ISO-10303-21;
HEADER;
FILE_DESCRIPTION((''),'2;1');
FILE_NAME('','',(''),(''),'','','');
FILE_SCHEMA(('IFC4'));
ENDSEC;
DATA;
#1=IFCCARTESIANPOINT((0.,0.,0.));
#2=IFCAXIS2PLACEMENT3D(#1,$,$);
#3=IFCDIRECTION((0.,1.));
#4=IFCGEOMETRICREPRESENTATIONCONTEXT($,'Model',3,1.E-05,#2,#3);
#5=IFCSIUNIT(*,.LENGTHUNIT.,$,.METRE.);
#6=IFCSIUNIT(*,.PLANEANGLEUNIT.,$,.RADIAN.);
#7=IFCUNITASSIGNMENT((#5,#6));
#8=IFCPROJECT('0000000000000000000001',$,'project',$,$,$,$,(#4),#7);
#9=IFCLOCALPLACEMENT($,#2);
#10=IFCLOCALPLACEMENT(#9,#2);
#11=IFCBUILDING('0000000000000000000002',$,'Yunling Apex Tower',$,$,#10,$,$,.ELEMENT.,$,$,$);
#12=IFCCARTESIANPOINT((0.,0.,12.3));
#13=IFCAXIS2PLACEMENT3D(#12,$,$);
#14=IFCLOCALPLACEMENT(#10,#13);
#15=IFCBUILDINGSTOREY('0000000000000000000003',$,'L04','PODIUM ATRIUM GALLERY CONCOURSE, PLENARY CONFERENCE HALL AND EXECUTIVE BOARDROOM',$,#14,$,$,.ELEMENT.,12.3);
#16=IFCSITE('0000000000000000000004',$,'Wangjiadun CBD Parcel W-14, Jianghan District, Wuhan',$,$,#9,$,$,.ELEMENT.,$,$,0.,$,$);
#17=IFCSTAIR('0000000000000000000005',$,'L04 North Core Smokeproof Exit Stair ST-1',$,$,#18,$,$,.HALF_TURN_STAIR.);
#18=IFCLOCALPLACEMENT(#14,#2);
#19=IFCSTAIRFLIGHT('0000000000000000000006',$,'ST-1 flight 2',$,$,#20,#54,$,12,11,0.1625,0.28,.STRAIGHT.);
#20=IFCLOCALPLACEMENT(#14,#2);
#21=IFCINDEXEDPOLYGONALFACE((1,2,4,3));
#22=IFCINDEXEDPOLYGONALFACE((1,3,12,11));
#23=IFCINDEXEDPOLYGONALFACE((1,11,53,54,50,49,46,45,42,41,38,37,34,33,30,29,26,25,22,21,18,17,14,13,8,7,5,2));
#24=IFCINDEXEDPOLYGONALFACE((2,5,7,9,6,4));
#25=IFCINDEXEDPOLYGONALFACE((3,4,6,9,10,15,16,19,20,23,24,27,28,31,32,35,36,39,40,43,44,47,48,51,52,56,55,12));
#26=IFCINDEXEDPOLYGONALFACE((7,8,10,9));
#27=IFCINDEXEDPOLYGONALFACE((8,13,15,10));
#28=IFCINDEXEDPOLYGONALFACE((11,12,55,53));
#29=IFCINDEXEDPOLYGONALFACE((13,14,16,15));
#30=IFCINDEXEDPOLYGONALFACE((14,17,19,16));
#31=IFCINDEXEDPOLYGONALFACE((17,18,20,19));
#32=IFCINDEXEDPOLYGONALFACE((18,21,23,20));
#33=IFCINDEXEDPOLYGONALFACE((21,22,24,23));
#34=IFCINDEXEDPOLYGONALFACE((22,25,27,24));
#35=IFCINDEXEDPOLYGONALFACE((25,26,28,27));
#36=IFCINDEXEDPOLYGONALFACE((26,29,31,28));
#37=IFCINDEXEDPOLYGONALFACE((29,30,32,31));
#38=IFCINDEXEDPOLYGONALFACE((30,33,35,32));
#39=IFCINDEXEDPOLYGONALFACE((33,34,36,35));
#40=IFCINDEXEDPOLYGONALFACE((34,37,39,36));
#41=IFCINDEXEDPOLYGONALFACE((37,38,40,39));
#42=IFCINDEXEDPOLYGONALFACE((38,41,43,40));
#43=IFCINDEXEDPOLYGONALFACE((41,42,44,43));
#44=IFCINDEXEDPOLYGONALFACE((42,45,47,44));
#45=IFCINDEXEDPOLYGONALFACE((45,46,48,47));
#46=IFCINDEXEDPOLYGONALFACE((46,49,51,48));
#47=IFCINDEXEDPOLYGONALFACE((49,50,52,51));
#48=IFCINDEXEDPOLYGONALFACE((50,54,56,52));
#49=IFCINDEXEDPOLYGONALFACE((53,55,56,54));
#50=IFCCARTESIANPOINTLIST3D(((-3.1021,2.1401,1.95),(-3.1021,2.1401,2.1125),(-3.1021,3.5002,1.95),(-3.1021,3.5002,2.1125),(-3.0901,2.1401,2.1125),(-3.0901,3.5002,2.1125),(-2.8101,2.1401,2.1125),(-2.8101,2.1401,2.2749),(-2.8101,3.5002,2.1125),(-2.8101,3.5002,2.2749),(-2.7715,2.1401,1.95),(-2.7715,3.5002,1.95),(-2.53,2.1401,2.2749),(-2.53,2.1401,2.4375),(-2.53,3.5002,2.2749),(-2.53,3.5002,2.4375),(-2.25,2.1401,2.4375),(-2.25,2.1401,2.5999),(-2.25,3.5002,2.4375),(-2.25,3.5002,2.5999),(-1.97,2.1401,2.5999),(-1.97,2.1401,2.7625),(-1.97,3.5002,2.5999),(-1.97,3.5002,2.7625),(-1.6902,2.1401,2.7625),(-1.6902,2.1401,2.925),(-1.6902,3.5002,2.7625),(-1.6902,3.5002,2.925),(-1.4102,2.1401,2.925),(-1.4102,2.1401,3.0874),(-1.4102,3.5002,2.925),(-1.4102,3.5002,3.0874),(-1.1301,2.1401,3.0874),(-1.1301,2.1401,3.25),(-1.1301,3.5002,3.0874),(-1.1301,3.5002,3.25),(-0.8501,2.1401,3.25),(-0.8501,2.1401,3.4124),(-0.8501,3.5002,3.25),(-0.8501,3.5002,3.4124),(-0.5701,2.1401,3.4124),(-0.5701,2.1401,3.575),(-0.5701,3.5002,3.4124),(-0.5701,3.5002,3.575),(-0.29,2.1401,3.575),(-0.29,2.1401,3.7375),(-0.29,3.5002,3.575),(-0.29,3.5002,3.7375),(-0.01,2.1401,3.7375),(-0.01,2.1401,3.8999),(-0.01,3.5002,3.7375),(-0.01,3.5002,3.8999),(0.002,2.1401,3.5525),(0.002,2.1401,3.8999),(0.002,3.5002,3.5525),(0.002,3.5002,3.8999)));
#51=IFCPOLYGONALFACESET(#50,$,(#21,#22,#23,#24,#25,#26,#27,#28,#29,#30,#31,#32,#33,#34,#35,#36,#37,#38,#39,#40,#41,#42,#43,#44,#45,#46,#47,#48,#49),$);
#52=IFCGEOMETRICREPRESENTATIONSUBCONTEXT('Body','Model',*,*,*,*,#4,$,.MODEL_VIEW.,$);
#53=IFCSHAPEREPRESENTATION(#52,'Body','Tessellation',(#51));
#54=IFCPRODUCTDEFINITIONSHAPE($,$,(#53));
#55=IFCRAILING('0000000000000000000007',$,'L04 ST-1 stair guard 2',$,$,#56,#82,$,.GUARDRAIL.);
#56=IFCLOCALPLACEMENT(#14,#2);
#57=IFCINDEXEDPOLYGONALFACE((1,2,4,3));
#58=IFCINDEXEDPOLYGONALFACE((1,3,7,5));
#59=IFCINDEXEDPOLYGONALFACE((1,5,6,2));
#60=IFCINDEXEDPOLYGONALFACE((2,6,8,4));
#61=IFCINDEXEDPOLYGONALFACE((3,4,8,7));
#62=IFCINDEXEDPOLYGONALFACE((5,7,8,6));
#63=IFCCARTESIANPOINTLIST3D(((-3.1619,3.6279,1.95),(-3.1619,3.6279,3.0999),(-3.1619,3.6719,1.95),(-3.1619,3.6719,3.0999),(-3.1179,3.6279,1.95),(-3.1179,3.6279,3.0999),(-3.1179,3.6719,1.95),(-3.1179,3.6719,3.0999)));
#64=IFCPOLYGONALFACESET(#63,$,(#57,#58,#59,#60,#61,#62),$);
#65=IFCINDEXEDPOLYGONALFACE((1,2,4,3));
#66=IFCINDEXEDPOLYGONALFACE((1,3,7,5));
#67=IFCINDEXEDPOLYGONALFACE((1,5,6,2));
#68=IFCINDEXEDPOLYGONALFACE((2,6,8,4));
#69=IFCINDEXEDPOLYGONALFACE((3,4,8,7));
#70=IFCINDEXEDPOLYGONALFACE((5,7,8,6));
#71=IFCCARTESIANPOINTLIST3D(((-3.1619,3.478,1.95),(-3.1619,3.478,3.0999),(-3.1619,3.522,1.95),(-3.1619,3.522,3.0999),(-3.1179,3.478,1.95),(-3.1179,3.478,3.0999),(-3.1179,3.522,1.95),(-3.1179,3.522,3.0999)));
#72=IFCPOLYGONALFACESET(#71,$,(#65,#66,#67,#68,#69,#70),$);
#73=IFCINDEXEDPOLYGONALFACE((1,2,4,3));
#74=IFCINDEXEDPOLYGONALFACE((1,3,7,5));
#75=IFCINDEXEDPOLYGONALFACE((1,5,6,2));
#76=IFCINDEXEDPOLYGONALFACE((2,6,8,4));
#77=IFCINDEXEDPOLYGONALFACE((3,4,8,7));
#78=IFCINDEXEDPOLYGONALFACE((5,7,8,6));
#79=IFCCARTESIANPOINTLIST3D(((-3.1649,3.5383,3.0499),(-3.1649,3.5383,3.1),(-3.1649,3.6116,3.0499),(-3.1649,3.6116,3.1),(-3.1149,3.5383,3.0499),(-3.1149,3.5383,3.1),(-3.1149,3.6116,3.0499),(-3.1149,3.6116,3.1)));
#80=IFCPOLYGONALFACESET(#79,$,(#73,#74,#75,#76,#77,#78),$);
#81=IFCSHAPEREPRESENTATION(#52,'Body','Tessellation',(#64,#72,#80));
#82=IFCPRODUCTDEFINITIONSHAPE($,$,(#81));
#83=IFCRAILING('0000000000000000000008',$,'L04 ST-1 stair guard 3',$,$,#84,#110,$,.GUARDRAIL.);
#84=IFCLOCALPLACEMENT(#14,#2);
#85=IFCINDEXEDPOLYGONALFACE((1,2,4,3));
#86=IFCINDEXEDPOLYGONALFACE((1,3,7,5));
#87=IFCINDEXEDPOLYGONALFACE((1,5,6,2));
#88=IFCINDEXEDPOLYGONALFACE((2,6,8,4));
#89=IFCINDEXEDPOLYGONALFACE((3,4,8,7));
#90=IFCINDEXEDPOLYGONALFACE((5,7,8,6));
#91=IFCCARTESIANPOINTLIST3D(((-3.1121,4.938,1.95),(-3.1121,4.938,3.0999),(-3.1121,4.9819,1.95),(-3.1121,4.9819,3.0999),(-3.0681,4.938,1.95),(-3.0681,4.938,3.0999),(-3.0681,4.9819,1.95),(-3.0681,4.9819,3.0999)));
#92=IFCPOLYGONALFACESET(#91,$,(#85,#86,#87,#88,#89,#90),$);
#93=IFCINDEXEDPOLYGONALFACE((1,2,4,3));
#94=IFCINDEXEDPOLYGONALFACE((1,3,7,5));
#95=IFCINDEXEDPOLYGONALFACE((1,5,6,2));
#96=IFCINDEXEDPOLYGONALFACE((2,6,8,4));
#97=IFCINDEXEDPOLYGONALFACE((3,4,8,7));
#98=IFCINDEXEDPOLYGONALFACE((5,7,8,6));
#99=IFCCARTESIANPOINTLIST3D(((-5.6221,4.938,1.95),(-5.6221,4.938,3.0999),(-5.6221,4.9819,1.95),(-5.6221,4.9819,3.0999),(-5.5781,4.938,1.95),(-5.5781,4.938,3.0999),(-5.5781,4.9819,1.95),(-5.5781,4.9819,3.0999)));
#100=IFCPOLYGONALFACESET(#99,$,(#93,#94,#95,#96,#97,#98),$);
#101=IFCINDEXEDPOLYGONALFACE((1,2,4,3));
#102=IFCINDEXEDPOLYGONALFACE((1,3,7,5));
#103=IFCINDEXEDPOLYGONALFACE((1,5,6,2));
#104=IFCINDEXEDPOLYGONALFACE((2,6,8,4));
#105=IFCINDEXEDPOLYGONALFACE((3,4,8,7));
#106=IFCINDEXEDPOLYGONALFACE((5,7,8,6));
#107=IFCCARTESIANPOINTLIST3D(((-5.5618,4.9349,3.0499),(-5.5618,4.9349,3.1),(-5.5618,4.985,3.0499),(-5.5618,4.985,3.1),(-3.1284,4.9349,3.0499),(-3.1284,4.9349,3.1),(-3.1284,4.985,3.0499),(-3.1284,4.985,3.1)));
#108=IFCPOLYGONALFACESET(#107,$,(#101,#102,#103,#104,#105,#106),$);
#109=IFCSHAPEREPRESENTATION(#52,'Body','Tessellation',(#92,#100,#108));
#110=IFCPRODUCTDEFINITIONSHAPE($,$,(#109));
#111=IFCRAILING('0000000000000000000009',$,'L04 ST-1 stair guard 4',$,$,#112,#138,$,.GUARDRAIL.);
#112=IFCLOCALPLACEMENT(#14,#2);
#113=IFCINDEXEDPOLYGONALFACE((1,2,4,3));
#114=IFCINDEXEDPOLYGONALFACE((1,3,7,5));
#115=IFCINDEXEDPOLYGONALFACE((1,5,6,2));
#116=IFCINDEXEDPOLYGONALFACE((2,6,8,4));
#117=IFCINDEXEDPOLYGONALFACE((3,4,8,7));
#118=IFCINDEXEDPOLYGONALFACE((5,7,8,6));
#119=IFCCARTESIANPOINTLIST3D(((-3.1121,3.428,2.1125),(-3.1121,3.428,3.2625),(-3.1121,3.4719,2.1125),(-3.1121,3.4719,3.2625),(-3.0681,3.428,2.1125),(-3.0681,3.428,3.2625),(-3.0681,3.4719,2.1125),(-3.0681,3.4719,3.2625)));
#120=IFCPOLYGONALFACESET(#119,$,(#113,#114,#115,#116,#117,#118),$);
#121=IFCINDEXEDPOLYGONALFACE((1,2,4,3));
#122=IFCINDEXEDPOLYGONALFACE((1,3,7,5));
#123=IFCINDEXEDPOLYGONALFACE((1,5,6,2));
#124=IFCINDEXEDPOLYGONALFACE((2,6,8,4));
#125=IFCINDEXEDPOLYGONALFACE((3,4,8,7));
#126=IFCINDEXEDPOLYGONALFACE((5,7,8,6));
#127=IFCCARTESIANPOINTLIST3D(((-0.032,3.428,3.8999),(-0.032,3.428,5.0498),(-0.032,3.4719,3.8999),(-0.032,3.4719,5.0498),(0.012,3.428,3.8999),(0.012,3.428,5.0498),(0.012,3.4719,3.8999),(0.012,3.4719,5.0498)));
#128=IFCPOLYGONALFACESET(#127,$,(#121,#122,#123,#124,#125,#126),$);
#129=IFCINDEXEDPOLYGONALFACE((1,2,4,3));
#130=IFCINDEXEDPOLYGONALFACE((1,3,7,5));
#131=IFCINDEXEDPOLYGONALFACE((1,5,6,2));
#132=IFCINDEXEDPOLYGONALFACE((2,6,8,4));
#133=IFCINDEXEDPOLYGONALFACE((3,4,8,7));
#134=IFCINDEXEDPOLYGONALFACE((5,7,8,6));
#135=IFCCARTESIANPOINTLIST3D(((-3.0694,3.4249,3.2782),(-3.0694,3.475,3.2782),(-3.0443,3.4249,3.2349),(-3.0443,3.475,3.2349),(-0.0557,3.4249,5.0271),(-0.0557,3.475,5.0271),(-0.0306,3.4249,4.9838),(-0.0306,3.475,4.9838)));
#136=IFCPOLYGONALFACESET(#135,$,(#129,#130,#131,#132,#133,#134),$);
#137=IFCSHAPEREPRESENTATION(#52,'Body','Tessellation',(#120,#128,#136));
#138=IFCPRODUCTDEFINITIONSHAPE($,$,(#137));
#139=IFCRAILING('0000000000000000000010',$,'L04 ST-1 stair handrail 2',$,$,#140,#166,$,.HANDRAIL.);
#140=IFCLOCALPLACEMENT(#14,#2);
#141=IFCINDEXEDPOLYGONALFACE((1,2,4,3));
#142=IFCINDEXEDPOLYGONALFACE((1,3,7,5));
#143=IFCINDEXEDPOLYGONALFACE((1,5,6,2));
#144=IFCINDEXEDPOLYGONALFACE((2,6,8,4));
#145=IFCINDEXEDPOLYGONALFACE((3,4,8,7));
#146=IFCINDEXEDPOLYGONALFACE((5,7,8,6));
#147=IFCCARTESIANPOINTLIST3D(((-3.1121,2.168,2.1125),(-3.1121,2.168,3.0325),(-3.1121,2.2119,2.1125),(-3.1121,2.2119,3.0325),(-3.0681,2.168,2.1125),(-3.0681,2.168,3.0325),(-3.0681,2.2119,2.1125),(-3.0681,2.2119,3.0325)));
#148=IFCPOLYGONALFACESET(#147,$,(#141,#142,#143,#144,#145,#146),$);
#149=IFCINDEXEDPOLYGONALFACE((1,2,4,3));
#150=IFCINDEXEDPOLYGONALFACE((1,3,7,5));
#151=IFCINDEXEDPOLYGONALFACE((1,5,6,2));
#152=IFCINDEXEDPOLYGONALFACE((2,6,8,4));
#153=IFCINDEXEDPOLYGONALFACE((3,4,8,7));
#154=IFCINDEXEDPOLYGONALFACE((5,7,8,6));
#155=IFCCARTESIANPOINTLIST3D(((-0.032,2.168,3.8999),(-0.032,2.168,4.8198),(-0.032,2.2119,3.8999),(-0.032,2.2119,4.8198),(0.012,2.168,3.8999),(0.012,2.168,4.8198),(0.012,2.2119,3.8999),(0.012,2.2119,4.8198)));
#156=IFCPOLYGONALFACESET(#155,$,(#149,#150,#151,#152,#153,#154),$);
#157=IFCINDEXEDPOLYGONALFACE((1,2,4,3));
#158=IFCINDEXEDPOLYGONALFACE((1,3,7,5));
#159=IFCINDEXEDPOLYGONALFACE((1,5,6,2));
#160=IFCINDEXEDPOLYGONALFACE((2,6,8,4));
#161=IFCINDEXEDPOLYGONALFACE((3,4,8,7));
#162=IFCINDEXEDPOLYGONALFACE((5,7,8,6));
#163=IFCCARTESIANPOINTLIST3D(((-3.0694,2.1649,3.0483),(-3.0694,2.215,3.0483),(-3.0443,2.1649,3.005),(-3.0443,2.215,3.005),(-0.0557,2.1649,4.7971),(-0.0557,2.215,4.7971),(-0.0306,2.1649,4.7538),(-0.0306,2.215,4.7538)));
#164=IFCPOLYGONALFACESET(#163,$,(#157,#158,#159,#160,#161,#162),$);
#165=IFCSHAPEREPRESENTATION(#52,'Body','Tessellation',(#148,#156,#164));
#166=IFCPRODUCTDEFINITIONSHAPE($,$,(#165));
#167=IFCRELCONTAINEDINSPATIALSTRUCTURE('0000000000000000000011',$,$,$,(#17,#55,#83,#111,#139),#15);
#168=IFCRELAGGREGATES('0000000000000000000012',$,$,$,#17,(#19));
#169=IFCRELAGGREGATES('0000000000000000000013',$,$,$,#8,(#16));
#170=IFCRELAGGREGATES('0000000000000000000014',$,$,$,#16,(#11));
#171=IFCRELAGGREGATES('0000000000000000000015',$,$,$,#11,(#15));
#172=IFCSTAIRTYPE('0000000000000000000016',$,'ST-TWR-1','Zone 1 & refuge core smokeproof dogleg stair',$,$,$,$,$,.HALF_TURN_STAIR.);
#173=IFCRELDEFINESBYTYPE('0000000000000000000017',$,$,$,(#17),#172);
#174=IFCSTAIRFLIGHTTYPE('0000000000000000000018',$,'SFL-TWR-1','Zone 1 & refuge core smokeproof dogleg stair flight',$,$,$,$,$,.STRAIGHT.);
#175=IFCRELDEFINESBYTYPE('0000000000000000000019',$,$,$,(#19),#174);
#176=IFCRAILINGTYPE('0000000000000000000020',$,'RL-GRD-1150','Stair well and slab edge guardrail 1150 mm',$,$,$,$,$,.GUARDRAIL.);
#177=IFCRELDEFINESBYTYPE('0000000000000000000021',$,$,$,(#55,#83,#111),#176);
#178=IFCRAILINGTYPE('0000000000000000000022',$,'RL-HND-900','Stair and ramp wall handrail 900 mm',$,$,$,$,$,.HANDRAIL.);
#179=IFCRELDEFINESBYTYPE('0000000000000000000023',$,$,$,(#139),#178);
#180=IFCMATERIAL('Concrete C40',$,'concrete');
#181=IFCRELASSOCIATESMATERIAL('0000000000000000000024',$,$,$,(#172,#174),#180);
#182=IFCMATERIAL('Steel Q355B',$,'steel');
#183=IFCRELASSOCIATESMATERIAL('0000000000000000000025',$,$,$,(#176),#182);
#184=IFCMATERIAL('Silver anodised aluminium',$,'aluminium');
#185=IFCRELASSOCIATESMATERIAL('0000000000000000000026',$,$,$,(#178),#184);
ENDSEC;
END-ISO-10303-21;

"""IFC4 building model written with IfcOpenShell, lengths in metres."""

from ifc_helpers import new_model, si_unit, direction, frame, origin, origin_2d, place, context, subcontext, project, spatial, polyline, rectangle, outline, extrude, material, type_object, element, aggregate, save


model = new_model("IFC4")

# Units and contexts
model_context = context("Model", 3, precision=1e-05, world=origin(), true_north=direction((0.0, 1.0)))
body_context = subcontext(model_context, "Body", "Model", "MODEL_VIEW")
ifc_project = project(units=[si_unit("LENGTHUNIT", "METRE"), si_unit("PLANEANGLEUNIT", "RADIAN")], contexts=[model_context])

# Site, building, storey
site_placement = place(None, origin())
site = spatial("IfcSite", under=ifc_project, at=site_placement, Name="Wangjiadun CBD Parcel W-14, Jianghan District, Wuhan", CompositionType="ELEMENT", RefElevation=0.0)
building_placement = place(site_placement, origin())
building = spatial("IfcBuilding", under=site, at=building_placement, Name="Yunling Apex Tower", CompositionType="ELEMENT")
storey_placement = place(building_placement, frame((0.0, 0.0, 12.3)))
storey = spatial("IfcBuildingStorey", under=building, at=storey_placement, Name="L04", Description="PODIUM ATRIUM GALLERY CONCOURSE, PLENARY CONFERENCE HALL AND EXECUTIVE BOARDROOM", CompositionType="ELEMENT", Elevation=12.3)

# Shared definitions
ifc_material_1 = material(Name="Steel Q355B", Category="steel")

# Shared definitions
ifc_material_2 = material(Name="Concrete C40", Category="concrete")

# Stair, stair flight
stair_type = type_object("IfcStairType", Name="ST-TWR-1", Description="Zone 1 & refuge core smokeproof dogleg stair", PredefinedType="HALF_TURN_STAIR", material=ifc_material_2)
stair_placement = place(storey_placement, origin())
stair = element("IfcStair", 1, at=stair_placement, inside=storey, type_object=stair_type, Name="L04 North Core Smokeproof Exit Stair ST-1", PredefinedType="HALF_TURN_STAIR")
stair_flight_type = type_object("IfcStairFlightType", Name="SFL-TWR-1", Description="Zone 1 & refuge core smokeproof dogleg stair flight", PredefinedType="STRAIGHT", material=ifc_material_2)
stair_flight_placement = place(storey_placement, frame((-3.0901, 2.8201, 1.95), z_axis=(0.0, 0.0, 1.0), x_axis=(1.0, 0.0, 0.0)))
stair_flight = element("IfcStairFlight", 2, at=stair_flight_placement, type_object=stair_flight_type, Name="ST-1 flight 2", NumberOfRisers=12, NumberOfTreads=11, PredefinedType="STRAIGHT", RiserHeight=0.1625, TreadLength=0.28, context=body_context, shape_type="SweptSolid", body=[
    extrude(outline(polyline([(-0.012, 0.0), (-0.012, 0.1626), (0.0, 0.1626), (0.28, 0.1626), (0.28, 0.325), (0.5601, 0.325), (0.5601, 0.4875), (0.8401, 0.4875), (0.8401, 0.6499), (1.1201, 0.6499), (1.1201, 0.8125), (1.3999, 0.8125), (1.3999, 0.9751), (1.6799, 0.9751), (1.6799, 1.1375), (1.96, 1.1375), (1.96, 1.3), (2.24, 1.3), (2.24, 1.4624), (2.52, 1.4624), (2.52, 1.625), (2.8, 1.625), (2.8, 1.7876), (3.0801, 1.7876), (3.0801, 1.95), (3.092, 1.95), (3.092, 1.6025), (0.3186, 0.0), (-0.012, 0.0)])), frame((0.0, 0.6802, 0.0), z_axis=(0.0, -1.0, 0.0), x_axis=(1.0, 0.0, 0.0)), (0.0, 0.0, 1.0), 1.3601),
])
aggregate(stair, [stair_flight])

# Railings
railing_type_1 = type_object("IfcRailingType", Name="RL-GRD-1150", Description="Stair well and slab edge guardrail 1150 mm", PredefinedType="GUARDRAIL", material=ifc_material_1)
railing_1_placement = place(storey_placement, frame((-3.1399, 3.6499, 1.95)))
element("IfcRailing", 3, at=railing_1_placement, inside=storey, type_object=railing_type_1, Name="L04 ST-1 stair guard 2", PredefinedType="GUARDRAIL", context=body_context, shape_type="SweptSolid", body=[
    extrude(rectangle(XDim=0.0439, YDim=0.0439, at=origin_2d()), origin(), (0.0, 0.0, 1.0), 1.1499),
    extrude(rectangle(XDim=0.0439, YDim=0.0439, at=origin_2d()), frame((0.0, -0.1499, 0.0)), (0.0, 0.0, 1.0), 1.1499),
    extrude(rectangle(XDim=0.05, YDim=0.05, at=origin_2d()), frame((0.0, -0.0383, 1.125), z_axis=(0.0, -1.0, 0.0), x_axis=(1.0, 0.0, 0.0)), (0.0, 0.0, 1.0), 0.0732),
])
railing_2_placement = place(storey_placement, frame((-3.0901, 4.96, 1.95)))
element("IfcRailing", 4, at=railing_2_placement, inside=storey, type_object=railing_type_1, Name="L04 ST-1 stair guard 3", PredefinedType="GUARDRAIL", context=body_context, shape_type="SweptSolid", body=[
    extrude(rectangle(XDim=0.0439, YDim=0.0439, at=origin_2d()), origin(), (0.0, 0.0, 1.0), 1.1499),
    extrude(rectangle(XDim=0.0439, YDim=0.0439, at=origin_2d()), frame((-2.51, 0.0, 0.0)), (0.0, 0.0, 1.0), 1.1499),
    extrude(rectangle(XDim=0.05, YDim=0.05, at=origin_2d()), frame((-0.0383, 0.0, 1.125), z_axis=(-1.0, 0.0, 0.0), x_axis=(0.0, -1.0, 0.0)), (0.0, 0.0, 1.0), 2.4333),
])
railing_3_placement = place(storey_placement, frame((-3.0901, 3.45, 2.1125)))
element("IfcRailing", 5, at=railing_3_placement, inside=storey, type_object=railing_type_1, Name="L04 ST-1 stair guard 4", PredefinedType="GUARDRAIL", context=body_context, shape_type="SweptSolid", body=[
    extrude(rectangle(XDim=0.0439, YDim=0.0439, at=origin_2d()), origin(), (0.0, 0.0, 1.0), 1.1499),
    extrude(rectangle(XDim=0.0439, YDim=0.0439, at=origin_2d()), frame((3.0801, 0.0, 1.7874)), (0.0, 0.0, 1.0), 1.1499),
    extrude(rectangle(XDim=0.05, YDim=0.05, at=origin_2d()), frame((0.0332, 0.0, 1.144), z_axis=(0.86492, 0.0, 0.501909), x_axis=(0.0, 1.0, 0.0)), (0.0, 0.0, 1.0), 3.4844),
])
ifc_material_3 = material(Name="Silver anodised aluminium", Category="aluminium")
railing_type_2 = type_object("IfcRailingType", Name="RL-HND-900", Description="Stair and ramp wall handrail 900 mm", PredefinedType="HANDRAIL", material=ifc_material_3)
railing_4_placement = place(storey_placement, frame((-3.0901, 2.1899, 2.1125)))
element("IfcRailing", 6, at=railing_4_placement, inside=storey, type_object=railing_type_2, Name="L04 ST-1 stair handrail 2", PredefinedType="HANDRAIL", context=body_context, shape_type="SweptSolid", body=[
    extrude(rectangle(XDim=0.0439, YDim=0.0439, at=origin_2d()), origin(), (0.0, 0.0, 1.0), 0.9199),
    extrude(rectangle(XDim=0.0439, YDim=0.0439, at=origin_2d()), frame((3.0801, 0.0, 1.7874)), (0.0, 0.0, 1.0), 0.9199),
    extrude(rectangle(XDim=0.05, YDim=0.05, at=origin_2d()), frame((0.0332, 0.0, 0.9141), z_axis=(0.86492, 0.0, 0.501909), x_axis=(0.0, 1.0, 0.0)), (0.0, 0.0, 1.0), 3.4844),
])

save(model, "model.ifc")
